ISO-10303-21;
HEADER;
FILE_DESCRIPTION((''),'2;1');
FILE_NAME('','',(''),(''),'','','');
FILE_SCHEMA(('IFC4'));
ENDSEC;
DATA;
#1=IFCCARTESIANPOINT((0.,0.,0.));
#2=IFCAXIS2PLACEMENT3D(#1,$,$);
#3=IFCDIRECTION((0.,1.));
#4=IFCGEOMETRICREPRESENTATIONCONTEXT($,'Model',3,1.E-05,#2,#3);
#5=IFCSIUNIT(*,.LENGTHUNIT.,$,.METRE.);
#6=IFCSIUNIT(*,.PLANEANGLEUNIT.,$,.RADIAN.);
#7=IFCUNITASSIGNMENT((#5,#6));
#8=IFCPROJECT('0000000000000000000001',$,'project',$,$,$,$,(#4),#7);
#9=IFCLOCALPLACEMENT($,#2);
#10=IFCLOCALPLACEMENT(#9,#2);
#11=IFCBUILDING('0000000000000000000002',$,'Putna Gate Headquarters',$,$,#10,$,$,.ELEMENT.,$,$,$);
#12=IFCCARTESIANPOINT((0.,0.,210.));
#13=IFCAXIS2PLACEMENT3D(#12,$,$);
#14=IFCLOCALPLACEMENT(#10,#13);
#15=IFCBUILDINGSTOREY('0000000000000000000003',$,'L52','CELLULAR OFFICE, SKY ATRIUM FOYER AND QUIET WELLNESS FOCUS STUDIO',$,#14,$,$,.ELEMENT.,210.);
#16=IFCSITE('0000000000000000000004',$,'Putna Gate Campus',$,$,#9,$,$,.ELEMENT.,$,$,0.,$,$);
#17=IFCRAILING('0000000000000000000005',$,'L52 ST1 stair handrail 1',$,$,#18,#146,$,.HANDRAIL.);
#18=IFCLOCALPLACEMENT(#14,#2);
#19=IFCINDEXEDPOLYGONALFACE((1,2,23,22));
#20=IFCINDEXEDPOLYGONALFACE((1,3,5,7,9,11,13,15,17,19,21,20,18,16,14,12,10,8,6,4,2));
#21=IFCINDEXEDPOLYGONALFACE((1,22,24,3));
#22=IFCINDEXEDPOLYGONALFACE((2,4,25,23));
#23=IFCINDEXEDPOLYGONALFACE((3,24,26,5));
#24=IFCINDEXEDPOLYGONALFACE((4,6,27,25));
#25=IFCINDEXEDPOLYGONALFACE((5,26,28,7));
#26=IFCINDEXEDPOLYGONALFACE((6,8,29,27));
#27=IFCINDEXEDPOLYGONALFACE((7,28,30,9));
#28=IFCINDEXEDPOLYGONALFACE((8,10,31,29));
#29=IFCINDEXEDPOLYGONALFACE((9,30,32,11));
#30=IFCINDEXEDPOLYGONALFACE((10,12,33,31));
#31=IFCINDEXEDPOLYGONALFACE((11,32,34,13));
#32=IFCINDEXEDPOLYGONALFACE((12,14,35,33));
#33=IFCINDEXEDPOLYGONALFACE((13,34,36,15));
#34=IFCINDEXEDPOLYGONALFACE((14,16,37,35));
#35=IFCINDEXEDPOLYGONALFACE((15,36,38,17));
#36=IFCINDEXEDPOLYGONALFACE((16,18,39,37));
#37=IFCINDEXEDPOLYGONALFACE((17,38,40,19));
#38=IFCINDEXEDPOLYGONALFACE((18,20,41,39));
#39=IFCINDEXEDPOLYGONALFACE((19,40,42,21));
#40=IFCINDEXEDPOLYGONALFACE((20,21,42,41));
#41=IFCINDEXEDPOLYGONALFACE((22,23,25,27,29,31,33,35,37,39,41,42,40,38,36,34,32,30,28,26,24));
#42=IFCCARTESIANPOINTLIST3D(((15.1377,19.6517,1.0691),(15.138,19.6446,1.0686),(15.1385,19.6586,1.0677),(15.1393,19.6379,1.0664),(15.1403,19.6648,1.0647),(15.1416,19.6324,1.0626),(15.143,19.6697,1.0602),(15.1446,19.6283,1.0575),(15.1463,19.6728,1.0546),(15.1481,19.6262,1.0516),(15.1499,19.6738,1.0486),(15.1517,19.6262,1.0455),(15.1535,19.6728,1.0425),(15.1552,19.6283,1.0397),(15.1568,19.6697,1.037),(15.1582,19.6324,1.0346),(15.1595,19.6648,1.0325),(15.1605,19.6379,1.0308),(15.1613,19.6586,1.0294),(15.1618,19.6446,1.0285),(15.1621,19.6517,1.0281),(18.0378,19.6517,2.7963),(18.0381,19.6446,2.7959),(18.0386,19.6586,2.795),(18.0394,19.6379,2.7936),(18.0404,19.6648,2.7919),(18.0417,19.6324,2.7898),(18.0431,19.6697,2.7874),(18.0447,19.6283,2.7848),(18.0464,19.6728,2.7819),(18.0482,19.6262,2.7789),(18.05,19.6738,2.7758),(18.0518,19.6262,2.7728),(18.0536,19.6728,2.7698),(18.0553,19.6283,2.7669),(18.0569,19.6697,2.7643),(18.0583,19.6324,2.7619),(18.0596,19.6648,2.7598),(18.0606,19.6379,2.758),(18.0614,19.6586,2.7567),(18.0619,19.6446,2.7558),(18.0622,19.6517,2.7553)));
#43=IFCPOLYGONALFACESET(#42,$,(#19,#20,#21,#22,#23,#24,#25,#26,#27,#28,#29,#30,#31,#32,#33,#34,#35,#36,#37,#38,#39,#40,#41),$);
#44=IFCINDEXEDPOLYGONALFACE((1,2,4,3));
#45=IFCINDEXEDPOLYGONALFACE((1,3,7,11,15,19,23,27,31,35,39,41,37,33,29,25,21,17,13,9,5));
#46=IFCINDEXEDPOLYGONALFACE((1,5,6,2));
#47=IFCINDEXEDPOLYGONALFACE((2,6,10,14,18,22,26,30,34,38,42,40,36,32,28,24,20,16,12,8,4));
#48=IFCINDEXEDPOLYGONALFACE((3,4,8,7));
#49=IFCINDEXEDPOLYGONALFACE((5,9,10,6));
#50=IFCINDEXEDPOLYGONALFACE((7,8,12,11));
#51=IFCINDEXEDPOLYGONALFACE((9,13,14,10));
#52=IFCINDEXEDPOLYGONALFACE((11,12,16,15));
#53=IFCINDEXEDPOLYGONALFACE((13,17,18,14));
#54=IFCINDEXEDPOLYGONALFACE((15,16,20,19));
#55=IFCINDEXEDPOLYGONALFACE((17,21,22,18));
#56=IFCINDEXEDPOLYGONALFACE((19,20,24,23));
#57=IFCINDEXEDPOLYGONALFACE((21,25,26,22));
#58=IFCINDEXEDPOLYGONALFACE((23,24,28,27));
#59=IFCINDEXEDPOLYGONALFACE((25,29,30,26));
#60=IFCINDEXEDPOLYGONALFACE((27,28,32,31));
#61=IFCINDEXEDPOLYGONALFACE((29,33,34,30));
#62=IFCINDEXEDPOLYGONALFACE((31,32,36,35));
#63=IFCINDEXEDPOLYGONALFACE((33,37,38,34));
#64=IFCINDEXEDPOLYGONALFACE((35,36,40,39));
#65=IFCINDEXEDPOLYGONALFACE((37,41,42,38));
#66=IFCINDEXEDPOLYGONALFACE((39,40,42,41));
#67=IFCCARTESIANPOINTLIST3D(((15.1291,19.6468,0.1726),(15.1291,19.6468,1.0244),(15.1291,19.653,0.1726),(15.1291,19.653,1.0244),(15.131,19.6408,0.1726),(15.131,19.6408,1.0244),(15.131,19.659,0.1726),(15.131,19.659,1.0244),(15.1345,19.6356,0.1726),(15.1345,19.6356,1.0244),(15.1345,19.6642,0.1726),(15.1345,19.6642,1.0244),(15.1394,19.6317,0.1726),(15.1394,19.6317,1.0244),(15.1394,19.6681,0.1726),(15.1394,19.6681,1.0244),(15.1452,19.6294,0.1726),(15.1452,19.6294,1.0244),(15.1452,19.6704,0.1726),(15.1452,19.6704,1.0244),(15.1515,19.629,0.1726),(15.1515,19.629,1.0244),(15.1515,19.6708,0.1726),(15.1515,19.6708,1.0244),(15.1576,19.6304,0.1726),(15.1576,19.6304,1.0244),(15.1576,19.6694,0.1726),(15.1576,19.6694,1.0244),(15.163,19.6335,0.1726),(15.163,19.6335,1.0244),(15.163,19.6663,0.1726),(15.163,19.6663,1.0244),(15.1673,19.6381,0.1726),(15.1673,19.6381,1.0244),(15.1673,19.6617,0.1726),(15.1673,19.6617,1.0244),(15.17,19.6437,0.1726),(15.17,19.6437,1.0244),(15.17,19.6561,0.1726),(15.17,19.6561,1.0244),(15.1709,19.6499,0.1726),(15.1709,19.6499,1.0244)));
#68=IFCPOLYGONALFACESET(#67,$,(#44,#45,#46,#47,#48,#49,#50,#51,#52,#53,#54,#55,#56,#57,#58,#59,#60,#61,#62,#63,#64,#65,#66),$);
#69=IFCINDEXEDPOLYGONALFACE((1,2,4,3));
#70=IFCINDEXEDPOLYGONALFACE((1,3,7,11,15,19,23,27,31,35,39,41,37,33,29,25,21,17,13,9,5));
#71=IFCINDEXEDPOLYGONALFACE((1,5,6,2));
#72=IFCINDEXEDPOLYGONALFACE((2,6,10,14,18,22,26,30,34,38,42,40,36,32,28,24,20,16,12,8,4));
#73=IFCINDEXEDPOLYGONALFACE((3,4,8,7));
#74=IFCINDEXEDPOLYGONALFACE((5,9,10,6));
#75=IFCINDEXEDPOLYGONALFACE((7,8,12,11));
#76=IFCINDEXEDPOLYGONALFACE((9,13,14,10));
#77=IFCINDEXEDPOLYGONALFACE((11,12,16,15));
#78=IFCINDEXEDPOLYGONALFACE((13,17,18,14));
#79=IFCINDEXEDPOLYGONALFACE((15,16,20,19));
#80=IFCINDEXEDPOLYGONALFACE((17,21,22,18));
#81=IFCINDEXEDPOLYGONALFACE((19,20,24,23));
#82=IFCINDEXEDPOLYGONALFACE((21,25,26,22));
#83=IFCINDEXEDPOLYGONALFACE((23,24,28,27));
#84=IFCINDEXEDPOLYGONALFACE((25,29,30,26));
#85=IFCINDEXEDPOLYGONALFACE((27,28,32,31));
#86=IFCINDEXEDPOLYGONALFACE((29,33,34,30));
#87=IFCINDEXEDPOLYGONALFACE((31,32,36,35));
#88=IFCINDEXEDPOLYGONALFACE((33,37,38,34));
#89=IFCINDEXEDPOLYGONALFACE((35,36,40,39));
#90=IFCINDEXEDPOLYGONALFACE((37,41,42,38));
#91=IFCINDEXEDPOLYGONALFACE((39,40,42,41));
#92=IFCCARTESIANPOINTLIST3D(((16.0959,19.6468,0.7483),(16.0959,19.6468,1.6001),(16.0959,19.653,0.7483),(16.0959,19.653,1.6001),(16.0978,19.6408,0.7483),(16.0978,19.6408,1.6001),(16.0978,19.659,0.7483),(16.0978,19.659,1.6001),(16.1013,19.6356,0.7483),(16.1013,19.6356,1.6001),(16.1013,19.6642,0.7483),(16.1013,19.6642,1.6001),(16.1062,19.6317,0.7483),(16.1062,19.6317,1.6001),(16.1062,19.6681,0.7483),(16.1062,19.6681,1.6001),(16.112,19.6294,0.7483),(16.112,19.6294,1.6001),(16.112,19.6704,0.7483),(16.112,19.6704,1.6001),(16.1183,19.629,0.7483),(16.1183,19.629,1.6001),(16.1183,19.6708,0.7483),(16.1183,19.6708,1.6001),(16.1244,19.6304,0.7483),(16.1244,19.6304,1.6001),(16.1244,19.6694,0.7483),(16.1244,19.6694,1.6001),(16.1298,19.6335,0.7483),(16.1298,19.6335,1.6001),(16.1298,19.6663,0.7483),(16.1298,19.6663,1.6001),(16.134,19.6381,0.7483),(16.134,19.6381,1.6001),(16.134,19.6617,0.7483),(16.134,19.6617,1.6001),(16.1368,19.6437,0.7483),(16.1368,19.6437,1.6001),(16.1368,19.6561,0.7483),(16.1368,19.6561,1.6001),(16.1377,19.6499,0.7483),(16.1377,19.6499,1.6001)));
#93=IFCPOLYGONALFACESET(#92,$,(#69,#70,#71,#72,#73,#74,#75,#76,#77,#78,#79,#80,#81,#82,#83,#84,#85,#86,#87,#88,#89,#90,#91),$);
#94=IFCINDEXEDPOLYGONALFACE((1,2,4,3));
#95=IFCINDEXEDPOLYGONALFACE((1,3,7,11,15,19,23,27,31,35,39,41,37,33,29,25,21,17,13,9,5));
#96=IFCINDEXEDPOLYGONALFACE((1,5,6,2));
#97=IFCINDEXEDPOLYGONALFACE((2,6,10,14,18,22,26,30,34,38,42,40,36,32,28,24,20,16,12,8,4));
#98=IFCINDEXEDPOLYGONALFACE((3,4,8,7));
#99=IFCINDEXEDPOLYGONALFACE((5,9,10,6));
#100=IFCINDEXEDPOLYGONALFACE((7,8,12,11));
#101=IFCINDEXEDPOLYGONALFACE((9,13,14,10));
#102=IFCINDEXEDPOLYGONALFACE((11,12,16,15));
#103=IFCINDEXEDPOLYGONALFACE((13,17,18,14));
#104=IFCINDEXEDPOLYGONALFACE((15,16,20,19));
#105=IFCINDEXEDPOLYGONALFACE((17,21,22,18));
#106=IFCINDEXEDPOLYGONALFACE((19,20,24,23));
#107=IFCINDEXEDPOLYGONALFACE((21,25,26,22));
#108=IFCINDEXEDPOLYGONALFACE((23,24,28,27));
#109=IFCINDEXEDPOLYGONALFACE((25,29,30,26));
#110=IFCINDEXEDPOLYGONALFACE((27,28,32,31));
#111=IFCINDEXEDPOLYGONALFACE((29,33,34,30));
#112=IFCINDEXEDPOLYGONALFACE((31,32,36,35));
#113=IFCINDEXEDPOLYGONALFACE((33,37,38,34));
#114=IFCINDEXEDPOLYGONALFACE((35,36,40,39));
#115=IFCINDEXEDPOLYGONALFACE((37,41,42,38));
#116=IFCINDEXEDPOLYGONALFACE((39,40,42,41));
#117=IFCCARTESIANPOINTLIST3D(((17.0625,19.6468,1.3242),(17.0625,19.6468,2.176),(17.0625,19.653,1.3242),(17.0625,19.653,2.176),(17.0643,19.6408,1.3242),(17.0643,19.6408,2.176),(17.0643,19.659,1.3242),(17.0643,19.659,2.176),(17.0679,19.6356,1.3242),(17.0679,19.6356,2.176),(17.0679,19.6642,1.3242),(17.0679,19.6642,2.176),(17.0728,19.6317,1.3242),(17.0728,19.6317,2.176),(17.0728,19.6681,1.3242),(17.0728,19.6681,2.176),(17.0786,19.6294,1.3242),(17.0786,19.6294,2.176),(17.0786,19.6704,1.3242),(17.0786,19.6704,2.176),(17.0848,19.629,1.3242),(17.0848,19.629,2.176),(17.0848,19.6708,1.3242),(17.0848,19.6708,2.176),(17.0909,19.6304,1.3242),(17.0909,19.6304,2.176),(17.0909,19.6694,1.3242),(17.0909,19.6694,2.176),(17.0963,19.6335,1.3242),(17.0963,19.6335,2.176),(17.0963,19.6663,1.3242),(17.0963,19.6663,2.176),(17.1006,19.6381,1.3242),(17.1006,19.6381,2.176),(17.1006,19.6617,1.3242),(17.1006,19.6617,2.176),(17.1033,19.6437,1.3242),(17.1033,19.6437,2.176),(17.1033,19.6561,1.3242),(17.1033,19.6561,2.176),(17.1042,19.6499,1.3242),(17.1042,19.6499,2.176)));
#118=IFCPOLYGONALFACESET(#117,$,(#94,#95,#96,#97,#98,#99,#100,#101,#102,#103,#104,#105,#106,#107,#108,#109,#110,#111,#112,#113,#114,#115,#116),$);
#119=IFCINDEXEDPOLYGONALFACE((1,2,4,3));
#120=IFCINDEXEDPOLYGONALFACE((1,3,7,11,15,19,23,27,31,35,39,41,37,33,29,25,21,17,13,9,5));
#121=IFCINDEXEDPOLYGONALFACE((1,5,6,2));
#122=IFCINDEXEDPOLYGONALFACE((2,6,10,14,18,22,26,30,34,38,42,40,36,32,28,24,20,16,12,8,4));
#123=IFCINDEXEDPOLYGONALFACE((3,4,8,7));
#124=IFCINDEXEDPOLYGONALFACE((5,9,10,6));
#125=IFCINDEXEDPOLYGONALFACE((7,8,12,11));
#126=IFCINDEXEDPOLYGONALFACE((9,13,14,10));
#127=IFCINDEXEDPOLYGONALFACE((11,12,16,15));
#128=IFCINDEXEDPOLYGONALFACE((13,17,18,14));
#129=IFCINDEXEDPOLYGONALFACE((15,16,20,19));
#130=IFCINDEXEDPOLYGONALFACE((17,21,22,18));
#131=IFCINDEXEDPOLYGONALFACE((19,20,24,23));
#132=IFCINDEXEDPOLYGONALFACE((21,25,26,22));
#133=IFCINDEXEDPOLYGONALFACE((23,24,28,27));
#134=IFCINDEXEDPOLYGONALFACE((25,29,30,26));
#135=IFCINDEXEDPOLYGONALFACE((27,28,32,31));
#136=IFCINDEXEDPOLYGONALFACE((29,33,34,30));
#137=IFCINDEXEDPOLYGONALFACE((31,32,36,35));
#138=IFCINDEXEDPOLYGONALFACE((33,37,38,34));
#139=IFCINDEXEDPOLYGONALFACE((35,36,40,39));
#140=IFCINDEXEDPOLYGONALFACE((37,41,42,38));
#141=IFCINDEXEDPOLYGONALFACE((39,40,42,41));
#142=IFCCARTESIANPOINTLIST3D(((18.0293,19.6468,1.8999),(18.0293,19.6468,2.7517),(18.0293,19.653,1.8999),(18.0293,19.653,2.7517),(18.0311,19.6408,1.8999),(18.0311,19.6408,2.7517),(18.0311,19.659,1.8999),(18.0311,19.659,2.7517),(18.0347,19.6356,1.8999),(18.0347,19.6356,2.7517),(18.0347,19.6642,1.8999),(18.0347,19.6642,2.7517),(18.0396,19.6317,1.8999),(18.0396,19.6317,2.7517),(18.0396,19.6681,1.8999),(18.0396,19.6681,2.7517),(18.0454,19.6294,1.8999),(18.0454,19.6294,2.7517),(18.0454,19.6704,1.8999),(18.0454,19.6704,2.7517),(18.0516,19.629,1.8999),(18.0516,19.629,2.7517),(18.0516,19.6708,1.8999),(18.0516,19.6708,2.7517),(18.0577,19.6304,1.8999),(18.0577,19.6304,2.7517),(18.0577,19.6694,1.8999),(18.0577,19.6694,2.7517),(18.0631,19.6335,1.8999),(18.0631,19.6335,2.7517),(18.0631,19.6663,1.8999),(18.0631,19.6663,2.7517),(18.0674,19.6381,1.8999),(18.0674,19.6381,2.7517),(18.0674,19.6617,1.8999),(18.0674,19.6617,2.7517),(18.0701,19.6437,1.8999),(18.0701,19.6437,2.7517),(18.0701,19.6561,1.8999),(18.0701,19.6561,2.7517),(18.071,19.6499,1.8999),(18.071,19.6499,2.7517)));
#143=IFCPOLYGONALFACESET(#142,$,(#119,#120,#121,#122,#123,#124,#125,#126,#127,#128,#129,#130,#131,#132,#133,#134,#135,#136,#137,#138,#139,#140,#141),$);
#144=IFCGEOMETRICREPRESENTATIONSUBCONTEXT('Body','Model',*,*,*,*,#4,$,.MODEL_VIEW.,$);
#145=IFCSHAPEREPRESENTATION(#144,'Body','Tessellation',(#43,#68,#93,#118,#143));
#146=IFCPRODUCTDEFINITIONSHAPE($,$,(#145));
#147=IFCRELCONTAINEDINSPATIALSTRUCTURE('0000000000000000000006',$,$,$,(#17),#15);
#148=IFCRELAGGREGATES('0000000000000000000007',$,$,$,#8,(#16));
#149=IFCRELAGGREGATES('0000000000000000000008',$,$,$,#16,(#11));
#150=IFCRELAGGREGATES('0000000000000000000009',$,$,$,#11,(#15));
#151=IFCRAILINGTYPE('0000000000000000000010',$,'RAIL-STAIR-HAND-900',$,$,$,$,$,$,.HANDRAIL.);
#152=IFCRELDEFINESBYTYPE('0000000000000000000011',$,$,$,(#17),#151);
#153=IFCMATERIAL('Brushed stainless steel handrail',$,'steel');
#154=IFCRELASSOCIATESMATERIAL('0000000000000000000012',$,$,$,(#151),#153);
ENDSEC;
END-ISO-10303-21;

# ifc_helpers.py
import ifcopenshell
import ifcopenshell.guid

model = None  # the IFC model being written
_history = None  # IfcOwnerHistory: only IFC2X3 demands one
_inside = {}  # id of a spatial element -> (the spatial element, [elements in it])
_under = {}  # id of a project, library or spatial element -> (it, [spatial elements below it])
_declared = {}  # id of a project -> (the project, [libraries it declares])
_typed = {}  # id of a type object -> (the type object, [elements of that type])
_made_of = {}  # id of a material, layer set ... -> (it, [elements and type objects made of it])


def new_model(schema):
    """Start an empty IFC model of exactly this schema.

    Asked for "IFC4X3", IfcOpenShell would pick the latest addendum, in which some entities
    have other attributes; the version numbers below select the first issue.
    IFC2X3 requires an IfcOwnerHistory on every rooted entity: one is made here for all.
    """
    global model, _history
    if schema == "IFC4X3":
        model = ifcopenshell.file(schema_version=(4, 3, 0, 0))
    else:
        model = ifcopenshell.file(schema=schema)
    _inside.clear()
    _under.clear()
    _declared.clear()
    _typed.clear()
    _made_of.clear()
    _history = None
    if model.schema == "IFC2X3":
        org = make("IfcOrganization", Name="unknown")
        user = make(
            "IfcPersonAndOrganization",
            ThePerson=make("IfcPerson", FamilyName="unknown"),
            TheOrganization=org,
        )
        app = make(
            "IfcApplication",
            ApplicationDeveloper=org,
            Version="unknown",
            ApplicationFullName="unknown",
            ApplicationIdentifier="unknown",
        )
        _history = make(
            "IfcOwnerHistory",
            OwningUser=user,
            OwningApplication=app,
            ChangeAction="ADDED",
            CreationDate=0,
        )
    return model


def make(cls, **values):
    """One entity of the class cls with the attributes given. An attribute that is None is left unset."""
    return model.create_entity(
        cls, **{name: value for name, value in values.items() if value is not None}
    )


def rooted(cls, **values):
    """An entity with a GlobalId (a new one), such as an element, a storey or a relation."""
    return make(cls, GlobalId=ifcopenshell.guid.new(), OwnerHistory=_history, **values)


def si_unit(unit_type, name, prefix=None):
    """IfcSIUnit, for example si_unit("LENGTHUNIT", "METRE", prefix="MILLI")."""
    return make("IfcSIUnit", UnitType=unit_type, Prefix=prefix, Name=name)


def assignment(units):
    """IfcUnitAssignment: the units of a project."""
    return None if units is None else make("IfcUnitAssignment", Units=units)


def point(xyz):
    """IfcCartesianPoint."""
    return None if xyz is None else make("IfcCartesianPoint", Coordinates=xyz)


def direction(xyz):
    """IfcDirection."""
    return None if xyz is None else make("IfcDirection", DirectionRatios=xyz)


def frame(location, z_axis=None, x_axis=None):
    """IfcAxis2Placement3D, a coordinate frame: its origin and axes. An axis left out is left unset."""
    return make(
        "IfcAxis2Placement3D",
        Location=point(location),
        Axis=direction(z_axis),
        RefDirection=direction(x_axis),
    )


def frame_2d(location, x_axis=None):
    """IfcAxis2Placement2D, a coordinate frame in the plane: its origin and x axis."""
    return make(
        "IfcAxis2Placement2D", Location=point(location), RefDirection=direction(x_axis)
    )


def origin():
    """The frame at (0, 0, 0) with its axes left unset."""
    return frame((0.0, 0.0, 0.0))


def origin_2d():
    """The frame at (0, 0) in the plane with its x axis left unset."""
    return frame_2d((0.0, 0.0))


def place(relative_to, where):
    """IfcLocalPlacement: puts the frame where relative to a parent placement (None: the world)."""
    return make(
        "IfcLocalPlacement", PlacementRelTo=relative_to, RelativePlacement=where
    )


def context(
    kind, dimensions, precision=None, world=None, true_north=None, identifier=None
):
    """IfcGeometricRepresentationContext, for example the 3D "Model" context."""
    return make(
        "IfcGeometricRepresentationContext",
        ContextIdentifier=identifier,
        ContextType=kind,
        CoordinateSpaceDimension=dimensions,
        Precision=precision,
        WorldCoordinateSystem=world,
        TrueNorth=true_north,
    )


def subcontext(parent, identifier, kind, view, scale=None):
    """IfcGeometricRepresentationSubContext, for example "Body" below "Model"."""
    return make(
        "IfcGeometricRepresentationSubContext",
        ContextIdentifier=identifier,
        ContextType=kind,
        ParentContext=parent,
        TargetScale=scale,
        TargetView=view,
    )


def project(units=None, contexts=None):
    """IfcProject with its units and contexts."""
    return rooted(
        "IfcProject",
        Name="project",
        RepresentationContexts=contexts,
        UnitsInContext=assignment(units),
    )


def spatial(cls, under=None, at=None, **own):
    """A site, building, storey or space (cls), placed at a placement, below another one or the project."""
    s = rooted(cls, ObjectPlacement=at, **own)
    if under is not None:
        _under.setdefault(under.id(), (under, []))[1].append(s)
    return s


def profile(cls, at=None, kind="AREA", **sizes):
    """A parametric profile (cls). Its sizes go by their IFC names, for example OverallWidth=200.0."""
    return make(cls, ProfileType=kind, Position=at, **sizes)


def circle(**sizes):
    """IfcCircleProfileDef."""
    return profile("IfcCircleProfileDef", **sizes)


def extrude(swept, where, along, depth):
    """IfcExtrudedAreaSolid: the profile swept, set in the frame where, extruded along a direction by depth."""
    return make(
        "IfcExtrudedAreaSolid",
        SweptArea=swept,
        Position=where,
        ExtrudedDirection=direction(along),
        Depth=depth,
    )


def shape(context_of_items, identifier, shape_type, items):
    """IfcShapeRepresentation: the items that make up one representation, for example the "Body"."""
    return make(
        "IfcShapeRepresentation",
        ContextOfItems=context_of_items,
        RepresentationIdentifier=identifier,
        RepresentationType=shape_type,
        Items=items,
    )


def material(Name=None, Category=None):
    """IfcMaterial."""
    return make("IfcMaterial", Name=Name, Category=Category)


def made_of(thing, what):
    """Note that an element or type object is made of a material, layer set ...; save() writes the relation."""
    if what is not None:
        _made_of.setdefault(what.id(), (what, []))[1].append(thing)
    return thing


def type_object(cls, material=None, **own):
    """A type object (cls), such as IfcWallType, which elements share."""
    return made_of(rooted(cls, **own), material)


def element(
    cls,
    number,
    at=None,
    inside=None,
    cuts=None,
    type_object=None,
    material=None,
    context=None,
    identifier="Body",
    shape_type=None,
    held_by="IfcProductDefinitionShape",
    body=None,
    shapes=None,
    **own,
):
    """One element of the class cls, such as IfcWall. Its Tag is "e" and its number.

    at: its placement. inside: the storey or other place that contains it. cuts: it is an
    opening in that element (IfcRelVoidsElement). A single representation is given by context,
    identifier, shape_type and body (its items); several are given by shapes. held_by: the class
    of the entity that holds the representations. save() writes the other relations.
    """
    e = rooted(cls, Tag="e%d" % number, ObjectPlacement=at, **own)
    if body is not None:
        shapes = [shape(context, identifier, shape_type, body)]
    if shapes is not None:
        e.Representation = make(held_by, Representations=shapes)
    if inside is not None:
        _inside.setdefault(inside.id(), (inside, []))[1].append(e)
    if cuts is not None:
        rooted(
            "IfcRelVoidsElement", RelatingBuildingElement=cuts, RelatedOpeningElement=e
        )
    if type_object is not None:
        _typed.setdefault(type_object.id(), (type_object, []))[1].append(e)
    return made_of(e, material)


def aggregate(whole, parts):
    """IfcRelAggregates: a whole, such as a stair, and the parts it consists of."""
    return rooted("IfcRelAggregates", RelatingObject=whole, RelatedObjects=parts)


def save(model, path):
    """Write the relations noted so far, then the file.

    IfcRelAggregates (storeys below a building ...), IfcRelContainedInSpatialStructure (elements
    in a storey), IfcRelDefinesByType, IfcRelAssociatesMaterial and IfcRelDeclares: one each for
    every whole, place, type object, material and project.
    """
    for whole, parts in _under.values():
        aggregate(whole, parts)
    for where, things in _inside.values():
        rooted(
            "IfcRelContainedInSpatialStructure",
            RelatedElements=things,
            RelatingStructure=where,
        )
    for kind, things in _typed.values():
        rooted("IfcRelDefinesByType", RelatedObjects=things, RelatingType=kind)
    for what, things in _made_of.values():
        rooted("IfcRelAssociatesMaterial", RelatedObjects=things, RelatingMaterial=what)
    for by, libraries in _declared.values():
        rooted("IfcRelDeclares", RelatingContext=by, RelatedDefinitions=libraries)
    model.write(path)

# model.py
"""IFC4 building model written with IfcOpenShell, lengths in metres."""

from ifc_helpers import new_model, si_unit, direction, frame, origin, origin_2d, place, context, subcontext, project, spatial, circle, extrude, material, type_object, element, save


model = new_model("IFC4")

# Units and contexts
model_context = context("Model", 3, precision=1e-05, world=origin(), true_north=direction((0.0, 1.0)))
body_context = subcontext(model_context, "Body", "Model", "MODEL_VIEW")
ifc_project = project(units=[si_unit("LENGTHUNIT", "METRE"), si_unit("PLANEANGLEUNIT", "RADIAN")], contexts=[model_context])

# Site, building, storey
site_placement = place(None, origin())
site = spatial("IfcSite", under=ifc_project, at=site_placement, Name="Putna Gate Campus", CompositionType="ELEMENT", RefElevation=0.0)
building_placement = place(site_placement, origin())
building = spatial("IfcBuilding", under=site, at=building_placement, Name="Putna Gate Headquarters", CompositionType="ELEMENT")
storey_placement = place(building_placement, frame((0.0, 0.0, 210.0)))
storey = spatial("IfcBuildingStorey", under=building, at=storey_placement, Name="L52", Description="CELLULAR OFFICE, SKY ATRIUM FOYER AND QUIET WELLNESS FOCUS STUDIO", CompositionType="ELEMENT", Elevation=210.0)

# Railing
ifc_material_1 = material(Name="Brushed stainless steel handrail", Category="steel")
railing_type_1 = type_object("IfcRailingType", Name="RAIL-STAIR-HAND-900", PredefinedType="HANDRAIL", material=ifc_material_1)
railing_1_placement = place(storey_placement, frame((15.1499, 19.6499, 0.1726)))
element("IfcRailing", 1, at=railing_1_placement, inside=storey, type_object=railing_type_1, Name="L52 ST1 stair handrail 1", PredefinedType="HANDRAIL", context=body_context, shape_type="SweptSolid", body=[
    extrude(circle(Radius=0.0239, at=origin_2d()), frame((0.0, 0.0, 0.876), z_axis=(0.85916, 0.0, 0.511706), x_axis=(0.0, 1.0, 0.0)), (0.0, 0.0, 1.0), 3.3755),
    extrude(circle(Radius=0.021, at=origin_2d()), origin(), (0.0, 0.0, 1.0), 0.8518),
    extrude(circle(Radius=0.021, at=origin_2d()), frame((0.9668, 0.0, 0.5757)), (0.0, 0.0, 1.0), 0.8518),
    extrude(circle(Radius=0.021, at=origin_2d()), frame((1.9333, 0.0, 1.1516)), (0.0, 0.0, 1.0), 0.8518),
    extrude(circle(Radius=0.021, at=origin_2d()), frame((2.9001, 0.0, 1.7273)), (0.0, 0.0, 1.0), 0.8518),
])

save(model, "model.ifc")
